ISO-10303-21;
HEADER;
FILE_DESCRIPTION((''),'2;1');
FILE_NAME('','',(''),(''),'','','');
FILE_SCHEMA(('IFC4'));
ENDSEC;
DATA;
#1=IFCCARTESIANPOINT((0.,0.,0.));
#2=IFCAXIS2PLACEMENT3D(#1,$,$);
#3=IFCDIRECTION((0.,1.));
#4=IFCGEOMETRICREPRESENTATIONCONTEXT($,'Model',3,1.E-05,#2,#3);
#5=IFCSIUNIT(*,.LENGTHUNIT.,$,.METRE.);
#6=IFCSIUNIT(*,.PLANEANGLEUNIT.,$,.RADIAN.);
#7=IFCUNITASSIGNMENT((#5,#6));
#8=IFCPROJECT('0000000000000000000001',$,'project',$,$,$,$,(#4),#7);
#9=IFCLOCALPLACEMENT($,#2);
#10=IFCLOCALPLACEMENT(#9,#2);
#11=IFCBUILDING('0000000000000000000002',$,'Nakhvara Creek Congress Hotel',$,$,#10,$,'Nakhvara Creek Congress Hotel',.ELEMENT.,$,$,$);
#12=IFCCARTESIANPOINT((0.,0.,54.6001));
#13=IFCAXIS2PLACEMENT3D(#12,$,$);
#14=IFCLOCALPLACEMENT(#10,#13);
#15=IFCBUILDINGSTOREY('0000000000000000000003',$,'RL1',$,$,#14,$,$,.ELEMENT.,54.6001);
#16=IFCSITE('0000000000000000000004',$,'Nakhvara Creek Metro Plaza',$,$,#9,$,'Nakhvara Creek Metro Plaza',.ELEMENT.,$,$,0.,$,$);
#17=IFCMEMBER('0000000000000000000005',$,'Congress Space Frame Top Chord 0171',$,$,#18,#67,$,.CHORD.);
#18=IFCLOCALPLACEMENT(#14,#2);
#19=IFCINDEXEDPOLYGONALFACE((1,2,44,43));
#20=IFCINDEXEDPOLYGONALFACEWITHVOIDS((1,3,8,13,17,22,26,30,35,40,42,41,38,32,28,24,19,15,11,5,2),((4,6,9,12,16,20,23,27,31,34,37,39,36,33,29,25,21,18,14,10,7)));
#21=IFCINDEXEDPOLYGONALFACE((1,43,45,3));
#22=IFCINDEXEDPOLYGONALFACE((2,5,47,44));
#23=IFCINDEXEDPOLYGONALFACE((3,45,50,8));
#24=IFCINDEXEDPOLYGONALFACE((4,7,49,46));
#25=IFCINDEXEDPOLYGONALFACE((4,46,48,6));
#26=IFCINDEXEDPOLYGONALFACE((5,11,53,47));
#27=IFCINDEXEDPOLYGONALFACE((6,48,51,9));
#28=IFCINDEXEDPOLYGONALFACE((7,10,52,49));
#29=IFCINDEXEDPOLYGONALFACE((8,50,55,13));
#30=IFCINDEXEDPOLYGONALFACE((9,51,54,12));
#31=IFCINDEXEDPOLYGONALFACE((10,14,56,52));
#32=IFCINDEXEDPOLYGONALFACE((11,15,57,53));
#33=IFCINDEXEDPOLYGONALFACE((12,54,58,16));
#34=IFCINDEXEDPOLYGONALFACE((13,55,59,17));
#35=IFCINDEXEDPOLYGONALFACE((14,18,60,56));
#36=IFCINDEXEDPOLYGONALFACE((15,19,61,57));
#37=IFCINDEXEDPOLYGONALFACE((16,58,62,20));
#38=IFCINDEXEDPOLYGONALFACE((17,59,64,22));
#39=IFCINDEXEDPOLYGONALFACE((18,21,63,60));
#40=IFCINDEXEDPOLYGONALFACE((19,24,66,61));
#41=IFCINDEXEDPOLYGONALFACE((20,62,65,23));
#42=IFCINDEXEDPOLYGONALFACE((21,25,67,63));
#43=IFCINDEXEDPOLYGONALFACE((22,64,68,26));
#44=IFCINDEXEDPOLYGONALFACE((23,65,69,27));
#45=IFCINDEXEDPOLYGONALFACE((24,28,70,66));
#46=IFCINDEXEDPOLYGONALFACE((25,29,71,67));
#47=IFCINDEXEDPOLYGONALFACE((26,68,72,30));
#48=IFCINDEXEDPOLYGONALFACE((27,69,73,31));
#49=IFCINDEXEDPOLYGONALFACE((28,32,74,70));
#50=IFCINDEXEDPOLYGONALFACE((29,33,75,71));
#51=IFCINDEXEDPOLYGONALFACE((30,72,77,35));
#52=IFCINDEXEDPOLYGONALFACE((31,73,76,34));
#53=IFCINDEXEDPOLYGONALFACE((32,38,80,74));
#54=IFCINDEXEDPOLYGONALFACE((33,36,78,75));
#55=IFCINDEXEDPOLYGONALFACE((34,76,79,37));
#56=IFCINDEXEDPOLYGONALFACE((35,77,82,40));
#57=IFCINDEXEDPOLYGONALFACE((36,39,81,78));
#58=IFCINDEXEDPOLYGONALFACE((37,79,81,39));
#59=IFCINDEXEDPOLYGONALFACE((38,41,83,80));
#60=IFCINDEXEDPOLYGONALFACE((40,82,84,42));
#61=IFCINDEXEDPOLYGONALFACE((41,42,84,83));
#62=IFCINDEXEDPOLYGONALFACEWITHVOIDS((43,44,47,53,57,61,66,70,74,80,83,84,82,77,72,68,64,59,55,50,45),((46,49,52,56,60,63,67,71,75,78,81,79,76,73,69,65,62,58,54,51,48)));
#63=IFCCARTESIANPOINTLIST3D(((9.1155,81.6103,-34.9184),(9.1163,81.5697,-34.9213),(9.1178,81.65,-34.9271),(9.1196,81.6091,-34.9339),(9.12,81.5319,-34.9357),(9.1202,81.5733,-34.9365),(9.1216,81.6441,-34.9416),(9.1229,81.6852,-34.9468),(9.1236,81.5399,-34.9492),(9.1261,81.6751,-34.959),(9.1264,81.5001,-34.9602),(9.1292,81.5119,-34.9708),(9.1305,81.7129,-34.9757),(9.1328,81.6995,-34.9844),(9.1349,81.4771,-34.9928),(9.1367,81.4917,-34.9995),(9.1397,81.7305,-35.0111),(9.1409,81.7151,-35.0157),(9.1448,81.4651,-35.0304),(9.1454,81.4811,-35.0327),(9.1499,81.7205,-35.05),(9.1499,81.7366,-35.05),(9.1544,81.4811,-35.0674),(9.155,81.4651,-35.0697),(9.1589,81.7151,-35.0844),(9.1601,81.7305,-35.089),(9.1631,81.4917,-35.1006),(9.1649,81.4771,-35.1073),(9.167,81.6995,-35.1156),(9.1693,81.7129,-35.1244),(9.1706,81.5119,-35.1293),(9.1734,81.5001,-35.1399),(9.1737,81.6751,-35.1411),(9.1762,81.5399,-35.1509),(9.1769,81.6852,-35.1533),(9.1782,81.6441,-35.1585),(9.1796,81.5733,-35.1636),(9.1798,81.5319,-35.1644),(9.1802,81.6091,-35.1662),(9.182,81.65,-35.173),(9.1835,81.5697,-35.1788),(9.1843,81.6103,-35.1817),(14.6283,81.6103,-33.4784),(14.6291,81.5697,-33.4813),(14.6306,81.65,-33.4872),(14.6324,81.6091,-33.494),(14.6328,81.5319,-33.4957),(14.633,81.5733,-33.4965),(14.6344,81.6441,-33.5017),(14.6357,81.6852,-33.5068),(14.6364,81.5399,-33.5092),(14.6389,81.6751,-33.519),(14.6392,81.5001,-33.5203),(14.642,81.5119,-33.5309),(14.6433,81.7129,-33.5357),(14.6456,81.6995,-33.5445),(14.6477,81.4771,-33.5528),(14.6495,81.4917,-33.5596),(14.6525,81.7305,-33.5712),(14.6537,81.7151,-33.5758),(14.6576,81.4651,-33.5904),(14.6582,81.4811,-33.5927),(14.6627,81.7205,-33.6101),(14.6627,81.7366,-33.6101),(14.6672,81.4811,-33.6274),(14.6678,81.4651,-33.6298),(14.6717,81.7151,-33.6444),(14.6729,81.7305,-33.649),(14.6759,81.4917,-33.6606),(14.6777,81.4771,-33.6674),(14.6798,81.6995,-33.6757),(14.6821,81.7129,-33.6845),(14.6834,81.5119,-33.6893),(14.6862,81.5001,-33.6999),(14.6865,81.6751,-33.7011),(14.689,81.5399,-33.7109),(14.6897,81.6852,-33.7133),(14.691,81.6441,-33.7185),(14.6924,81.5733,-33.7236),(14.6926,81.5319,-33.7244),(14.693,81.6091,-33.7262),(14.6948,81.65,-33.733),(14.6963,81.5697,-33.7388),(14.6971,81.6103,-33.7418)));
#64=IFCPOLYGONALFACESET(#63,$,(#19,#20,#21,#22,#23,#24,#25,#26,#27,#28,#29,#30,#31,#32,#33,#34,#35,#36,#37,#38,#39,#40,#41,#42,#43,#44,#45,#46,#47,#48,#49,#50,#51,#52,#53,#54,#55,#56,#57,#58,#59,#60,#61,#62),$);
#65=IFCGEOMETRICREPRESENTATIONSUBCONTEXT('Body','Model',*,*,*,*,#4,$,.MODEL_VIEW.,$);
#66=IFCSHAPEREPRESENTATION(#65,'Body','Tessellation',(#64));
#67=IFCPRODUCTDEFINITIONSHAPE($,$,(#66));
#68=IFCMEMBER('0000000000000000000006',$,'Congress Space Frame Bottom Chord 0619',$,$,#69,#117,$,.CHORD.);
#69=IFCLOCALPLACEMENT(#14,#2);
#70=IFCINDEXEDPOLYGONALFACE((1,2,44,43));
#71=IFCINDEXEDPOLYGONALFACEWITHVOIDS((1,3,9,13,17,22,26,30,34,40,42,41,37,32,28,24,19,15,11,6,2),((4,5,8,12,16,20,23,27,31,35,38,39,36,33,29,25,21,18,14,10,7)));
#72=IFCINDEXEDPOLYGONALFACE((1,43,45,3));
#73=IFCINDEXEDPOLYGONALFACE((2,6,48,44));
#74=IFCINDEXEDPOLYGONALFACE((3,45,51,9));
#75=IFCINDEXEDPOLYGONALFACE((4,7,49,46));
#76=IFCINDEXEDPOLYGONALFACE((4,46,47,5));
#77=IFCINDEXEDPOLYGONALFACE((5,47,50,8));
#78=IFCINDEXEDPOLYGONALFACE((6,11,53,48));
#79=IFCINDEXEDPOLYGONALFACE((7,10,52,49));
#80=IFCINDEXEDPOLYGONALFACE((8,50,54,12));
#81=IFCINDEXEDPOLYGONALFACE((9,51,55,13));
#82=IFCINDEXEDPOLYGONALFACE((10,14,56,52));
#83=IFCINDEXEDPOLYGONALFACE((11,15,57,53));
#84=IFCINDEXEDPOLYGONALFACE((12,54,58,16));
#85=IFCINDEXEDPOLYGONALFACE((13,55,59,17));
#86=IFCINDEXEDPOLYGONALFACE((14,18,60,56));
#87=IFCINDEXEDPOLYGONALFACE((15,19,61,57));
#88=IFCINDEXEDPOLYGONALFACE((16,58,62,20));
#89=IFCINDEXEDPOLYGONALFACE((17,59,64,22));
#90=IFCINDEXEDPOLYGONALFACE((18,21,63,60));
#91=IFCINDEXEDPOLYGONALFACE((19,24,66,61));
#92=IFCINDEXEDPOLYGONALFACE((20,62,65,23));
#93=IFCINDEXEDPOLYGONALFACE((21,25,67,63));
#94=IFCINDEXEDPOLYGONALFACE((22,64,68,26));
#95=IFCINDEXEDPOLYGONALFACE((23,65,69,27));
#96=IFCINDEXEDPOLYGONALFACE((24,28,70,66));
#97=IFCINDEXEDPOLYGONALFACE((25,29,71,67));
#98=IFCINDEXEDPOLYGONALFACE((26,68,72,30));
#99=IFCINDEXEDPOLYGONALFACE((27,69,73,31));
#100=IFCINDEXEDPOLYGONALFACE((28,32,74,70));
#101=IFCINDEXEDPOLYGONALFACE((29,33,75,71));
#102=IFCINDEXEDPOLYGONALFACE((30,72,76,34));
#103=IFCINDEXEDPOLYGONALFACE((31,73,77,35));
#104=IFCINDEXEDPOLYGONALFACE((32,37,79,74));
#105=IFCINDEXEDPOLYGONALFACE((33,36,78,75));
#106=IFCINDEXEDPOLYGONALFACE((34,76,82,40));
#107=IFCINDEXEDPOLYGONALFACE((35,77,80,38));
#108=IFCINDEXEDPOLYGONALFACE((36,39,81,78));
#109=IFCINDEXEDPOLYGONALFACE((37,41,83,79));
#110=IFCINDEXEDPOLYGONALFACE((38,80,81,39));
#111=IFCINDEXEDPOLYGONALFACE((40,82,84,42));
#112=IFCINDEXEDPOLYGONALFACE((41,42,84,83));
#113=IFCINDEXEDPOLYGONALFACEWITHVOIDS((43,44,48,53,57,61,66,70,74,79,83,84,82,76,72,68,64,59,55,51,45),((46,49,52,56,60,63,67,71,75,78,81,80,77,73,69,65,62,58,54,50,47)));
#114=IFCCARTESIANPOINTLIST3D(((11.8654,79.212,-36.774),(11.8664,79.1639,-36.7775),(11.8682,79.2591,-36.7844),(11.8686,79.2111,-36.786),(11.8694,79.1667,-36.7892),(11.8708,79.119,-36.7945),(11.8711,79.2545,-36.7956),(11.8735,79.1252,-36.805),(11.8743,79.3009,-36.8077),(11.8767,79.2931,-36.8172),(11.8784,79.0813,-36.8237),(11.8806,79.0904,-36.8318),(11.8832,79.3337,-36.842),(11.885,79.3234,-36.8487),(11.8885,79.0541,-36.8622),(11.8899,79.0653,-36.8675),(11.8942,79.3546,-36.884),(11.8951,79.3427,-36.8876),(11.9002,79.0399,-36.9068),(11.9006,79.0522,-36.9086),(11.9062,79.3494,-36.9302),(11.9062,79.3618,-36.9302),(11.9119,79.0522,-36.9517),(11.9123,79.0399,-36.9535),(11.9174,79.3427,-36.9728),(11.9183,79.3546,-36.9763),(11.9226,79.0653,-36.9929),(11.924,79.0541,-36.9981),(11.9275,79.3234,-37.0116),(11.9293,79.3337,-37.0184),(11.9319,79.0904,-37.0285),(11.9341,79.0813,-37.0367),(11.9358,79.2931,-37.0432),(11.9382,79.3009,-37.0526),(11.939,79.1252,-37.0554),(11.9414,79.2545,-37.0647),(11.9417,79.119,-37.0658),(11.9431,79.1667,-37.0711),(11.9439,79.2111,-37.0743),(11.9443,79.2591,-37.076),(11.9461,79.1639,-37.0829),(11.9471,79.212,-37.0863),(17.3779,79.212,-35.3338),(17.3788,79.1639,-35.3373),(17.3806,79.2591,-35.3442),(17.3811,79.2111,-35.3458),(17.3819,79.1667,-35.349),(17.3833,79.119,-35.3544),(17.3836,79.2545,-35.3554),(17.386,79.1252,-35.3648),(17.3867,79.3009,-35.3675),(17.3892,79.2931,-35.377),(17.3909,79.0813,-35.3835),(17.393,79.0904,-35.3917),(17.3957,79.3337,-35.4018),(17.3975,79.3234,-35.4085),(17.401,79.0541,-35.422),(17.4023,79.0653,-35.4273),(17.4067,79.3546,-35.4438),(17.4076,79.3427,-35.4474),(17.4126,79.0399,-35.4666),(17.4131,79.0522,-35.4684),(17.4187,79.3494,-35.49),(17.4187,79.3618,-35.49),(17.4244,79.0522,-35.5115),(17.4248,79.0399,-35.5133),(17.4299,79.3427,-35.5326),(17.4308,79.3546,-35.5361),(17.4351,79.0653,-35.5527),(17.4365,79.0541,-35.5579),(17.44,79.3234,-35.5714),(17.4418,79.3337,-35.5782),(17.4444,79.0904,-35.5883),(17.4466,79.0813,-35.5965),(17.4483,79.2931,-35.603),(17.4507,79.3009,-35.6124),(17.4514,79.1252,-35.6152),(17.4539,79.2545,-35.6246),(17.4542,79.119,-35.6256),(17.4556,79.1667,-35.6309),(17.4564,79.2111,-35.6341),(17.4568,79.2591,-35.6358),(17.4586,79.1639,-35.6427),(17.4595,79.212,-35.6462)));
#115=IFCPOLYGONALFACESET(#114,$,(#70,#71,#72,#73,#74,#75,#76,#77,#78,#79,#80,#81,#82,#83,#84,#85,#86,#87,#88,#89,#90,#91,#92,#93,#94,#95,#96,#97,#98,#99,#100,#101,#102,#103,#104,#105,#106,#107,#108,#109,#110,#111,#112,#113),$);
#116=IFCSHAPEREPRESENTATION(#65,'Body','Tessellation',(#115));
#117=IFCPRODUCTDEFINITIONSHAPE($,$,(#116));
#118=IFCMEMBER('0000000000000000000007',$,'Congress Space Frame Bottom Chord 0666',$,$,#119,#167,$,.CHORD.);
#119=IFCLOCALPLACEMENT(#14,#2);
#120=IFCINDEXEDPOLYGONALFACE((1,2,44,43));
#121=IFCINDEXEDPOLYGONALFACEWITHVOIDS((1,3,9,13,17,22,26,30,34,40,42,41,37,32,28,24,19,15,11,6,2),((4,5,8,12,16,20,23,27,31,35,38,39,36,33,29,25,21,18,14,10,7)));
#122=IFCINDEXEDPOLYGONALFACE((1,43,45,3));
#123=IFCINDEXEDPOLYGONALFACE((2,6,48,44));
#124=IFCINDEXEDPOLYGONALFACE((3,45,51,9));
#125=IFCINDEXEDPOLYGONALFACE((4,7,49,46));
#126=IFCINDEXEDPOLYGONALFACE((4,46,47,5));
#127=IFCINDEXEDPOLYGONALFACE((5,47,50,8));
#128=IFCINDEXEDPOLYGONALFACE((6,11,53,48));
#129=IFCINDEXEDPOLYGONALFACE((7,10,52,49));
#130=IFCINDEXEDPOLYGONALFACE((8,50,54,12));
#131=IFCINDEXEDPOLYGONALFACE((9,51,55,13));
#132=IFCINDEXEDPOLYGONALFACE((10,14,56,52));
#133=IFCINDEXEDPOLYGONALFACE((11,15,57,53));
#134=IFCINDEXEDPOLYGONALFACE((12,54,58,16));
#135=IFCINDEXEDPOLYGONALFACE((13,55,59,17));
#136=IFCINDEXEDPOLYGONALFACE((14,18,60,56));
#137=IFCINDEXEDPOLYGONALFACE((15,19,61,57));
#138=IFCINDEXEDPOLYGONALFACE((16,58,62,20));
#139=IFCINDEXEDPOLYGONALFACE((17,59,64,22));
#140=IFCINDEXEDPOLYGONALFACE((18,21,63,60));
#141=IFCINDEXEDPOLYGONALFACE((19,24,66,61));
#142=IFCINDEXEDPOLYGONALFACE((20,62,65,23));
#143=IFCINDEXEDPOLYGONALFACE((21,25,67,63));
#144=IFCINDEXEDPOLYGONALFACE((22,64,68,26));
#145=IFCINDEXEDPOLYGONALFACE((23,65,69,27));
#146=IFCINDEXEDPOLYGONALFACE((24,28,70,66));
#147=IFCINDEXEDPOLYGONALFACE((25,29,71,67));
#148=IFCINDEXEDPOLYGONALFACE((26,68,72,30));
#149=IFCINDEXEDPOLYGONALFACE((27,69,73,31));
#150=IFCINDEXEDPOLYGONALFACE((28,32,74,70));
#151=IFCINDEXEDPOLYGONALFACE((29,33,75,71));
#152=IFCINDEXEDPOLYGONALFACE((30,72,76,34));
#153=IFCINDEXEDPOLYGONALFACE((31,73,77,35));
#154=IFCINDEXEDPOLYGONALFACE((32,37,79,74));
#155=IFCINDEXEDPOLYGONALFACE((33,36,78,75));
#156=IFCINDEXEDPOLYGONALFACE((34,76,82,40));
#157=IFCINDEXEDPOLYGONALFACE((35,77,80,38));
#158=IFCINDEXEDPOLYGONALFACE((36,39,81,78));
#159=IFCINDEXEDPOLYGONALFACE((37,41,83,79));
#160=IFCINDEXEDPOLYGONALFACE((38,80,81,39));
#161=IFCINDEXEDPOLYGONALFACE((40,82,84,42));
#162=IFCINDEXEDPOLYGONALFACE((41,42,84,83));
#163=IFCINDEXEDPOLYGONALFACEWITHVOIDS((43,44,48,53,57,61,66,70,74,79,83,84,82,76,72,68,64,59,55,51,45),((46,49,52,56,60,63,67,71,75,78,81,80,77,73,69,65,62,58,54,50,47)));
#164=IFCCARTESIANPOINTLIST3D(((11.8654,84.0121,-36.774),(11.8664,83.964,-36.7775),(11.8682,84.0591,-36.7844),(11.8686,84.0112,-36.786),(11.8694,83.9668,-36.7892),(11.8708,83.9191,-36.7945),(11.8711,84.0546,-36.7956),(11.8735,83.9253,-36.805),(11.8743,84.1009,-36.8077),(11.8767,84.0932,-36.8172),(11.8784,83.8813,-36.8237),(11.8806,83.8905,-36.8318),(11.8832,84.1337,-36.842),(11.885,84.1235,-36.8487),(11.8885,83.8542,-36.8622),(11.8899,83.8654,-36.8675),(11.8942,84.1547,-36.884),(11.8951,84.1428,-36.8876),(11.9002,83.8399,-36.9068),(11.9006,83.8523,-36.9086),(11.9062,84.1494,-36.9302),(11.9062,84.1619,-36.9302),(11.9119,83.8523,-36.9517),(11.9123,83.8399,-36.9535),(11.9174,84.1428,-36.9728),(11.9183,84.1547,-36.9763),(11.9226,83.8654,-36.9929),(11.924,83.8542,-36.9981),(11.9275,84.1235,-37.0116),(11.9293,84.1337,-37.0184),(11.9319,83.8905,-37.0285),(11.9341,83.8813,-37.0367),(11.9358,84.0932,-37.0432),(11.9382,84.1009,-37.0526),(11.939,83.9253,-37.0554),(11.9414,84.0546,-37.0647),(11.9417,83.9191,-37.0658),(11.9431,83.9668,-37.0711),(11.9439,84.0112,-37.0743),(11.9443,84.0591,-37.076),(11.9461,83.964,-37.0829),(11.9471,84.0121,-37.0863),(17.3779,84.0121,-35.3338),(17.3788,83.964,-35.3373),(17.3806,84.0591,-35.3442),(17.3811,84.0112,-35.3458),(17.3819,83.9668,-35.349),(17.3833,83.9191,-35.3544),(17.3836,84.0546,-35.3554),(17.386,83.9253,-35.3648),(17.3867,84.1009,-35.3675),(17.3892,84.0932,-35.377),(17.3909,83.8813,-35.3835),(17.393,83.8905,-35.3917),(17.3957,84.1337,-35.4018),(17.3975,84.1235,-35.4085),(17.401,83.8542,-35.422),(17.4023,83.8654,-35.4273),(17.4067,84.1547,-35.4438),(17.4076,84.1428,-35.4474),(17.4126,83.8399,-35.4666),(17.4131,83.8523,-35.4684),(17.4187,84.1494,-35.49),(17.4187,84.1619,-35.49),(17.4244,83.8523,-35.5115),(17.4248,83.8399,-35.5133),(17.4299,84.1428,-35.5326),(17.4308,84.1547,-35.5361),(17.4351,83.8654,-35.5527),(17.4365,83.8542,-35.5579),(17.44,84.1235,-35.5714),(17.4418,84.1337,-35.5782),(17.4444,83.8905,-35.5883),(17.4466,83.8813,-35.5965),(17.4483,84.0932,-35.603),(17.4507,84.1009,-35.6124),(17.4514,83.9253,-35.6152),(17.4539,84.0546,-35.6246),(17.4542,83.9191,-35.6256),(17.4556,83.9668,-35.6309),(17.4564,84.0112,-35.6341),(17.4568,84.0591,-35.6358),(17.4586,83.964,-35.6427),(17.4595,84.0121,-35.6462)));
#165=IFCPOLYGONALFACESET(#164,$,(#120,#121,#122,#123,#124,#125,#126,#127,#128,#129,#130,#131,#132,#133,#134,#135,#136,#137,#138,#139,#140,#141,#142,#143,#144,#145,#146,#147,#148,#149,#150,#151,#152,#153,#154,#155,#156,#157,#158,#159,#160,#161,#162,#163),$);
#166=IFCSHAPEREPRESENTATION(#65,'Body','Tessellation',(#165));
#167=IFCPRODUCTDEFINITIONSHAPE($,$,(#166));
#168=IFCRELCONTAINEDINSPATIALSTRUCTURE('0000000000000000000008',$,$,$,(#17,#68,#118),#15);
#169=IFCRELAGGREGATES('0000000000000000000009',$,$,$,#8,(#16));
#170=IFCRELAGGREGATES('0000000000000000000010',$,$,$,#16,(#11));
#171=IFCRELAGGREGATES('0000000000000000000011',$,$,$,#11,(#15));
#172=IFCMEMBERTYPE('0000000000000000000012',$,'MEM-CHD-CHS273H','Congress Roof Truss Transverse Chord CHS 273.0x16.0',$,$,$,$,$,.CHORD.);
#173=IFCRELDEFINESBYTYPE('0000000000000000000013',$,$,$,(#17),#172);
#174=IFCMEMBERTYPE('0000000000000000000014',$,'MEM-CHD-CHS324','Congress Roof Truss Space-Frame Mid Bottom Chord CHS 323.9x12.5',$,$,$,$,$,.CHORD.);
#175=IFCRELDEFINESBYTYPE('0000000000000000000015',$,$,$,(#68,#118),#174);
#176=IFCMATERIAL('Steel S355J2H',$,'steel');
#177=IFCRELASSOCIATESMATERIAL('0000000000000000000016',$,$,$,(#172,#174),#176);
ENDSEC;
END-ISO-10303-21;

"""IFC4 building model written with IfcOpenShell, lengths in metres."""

from ifc_helpers import new_model, si_unit, direction, frame, origin, origin_2d, place, context, subcontext, project, spatial, hollow_circle, extrude, material, material_profile, profile_set, type_object, element, save


model = new_model("IFC4")

# Units and contexts
model_context = context("Model", 3, precision=1e-05, world=origin(), true_north=direction((0.0, 1.0)))
body_context = subcontext(model_context, "Body", "Model", "MODEL_VIEW")
ifc_project = project(units=[si_unit("LENGTHUNIT", "METRE"), si_unit("PLANEANGLEUNIT", "RADIAN")], contexts=[model_context])

# Site, building, storey
site_placement = place(None, origin())
site = spatial("IfcSite", under=ifc_project, at=site_placement, Name="Nakhvara Creek Metro Plaza", LongName="Nakhvara Creek Metro Plaza", CompositionType="ELEMENT", RefElevation=0.0)
building_placement = place(site_placement, origin())
building = spatial("IfcBuilding", under=site, at=building_placement, Name="Nakhvara Creek Congress Hotel", LongName="Nakhvara Creek Congress Hotel", CompositionType="ELEMENT")
storey_placement = place(building_placement, frame((0.0, 0.0, 54.6001)))
storey = spatial("IfcBuildingStorey", under=building, at=storey_placement, Name="RL1", CompositionType="ELEMENT", Elevation=54.6001)

# Members
ifc_material_1 = material(Name="Steel S355J2H", Category="steel")
ifc_material_profile_1 = material_profile(ifc_material_1, hollow_circle(Radius=0.1365, WallThickness=0.0161, at=origin_2d()), Name="CHS 273.0x16.0", Category="LoadBearing")
ifc_profile_set_1 = profile_set([ifc_material_profile_1], Name="Steel S355J2H")
member_type_1 = type_object("IfcMemberType", Name="MEM-CHD-CHS273H", Description="Congress Roof Truss Transverse Chord CHS 273.0x16.0", PredefinedType="CHORD", material=ifc_profile_set_1)
member_1_placement = place(storey_placement, frame((9.1499, 81.6001, -35.05), z_axis=(0.967538, 0.0, 0.252725), x_axis=(0.0, 1.0, 0.0)))
element("IfcMember", 1, at=member_1_placement, inside=storey, type_object=member_type_1, Name="Congress Space Frame Top Chord 0171", PredefinedType="CHORD", context=body_context, shape_type="SweptSolid", body=[
    extrude(hollow_circle(Radius=0.1365, WallThickness=0.0161, at=origin_2d()), origin(), (0.0, 0.0, 1.0), 5.6978),
])
ifc_material_profile_2 = material_profile(ifc_material_1, hollow_circle(Radius=0.1619, WallThickness=0.0125, at=origin_2d()), Name="CHS 323.9x12.5", Category="LoadBearing")
ifc_profile_set_2 = profile_set([ifc_material_profile_2], Name="Steel S355J2H")
member_type_2 = type_object("IfcMemberType", Name="MEM-CHD-CHS324", Description="Congress Roof Truss Space-Frame Mid Bottom Chord CHS 323.9x12.5", PredefinedType="CHORD", material=ifc_profile_set_2)
for number, where, z_axis, x_axis, name in (
    (2, (11.9062, 79.2, -36.9302), (0.967525, 0.0, 0.252776), (0.0, 1.0, 0.0), "Congress Space Frame Bottom Chord 0619"),
    (3, (11.9062, 84.0, -36.9302), (0.967525, 0.0, 0.252776), (0.0, 1.0, 0.0), "Congress Space Frame Bottom Chord 0666"),
):
    element("IfcMember", number, at=place(storey_placement, frame(where, z_axis=z_axis, x_axis=x_axis)), inside=storey, type_object=member_type_2, Name=name, PredefinedType="CHORD", context=body_context, shape_type="SweptSolid", body=[
        extrude(hollow_circle(Radius=0.1619, WallThickness=0.0125, at=origin_2d()), origin(), (0.0, 0.0, 1.0), 5.6975),
    ])

save(model, "model.ifc")
